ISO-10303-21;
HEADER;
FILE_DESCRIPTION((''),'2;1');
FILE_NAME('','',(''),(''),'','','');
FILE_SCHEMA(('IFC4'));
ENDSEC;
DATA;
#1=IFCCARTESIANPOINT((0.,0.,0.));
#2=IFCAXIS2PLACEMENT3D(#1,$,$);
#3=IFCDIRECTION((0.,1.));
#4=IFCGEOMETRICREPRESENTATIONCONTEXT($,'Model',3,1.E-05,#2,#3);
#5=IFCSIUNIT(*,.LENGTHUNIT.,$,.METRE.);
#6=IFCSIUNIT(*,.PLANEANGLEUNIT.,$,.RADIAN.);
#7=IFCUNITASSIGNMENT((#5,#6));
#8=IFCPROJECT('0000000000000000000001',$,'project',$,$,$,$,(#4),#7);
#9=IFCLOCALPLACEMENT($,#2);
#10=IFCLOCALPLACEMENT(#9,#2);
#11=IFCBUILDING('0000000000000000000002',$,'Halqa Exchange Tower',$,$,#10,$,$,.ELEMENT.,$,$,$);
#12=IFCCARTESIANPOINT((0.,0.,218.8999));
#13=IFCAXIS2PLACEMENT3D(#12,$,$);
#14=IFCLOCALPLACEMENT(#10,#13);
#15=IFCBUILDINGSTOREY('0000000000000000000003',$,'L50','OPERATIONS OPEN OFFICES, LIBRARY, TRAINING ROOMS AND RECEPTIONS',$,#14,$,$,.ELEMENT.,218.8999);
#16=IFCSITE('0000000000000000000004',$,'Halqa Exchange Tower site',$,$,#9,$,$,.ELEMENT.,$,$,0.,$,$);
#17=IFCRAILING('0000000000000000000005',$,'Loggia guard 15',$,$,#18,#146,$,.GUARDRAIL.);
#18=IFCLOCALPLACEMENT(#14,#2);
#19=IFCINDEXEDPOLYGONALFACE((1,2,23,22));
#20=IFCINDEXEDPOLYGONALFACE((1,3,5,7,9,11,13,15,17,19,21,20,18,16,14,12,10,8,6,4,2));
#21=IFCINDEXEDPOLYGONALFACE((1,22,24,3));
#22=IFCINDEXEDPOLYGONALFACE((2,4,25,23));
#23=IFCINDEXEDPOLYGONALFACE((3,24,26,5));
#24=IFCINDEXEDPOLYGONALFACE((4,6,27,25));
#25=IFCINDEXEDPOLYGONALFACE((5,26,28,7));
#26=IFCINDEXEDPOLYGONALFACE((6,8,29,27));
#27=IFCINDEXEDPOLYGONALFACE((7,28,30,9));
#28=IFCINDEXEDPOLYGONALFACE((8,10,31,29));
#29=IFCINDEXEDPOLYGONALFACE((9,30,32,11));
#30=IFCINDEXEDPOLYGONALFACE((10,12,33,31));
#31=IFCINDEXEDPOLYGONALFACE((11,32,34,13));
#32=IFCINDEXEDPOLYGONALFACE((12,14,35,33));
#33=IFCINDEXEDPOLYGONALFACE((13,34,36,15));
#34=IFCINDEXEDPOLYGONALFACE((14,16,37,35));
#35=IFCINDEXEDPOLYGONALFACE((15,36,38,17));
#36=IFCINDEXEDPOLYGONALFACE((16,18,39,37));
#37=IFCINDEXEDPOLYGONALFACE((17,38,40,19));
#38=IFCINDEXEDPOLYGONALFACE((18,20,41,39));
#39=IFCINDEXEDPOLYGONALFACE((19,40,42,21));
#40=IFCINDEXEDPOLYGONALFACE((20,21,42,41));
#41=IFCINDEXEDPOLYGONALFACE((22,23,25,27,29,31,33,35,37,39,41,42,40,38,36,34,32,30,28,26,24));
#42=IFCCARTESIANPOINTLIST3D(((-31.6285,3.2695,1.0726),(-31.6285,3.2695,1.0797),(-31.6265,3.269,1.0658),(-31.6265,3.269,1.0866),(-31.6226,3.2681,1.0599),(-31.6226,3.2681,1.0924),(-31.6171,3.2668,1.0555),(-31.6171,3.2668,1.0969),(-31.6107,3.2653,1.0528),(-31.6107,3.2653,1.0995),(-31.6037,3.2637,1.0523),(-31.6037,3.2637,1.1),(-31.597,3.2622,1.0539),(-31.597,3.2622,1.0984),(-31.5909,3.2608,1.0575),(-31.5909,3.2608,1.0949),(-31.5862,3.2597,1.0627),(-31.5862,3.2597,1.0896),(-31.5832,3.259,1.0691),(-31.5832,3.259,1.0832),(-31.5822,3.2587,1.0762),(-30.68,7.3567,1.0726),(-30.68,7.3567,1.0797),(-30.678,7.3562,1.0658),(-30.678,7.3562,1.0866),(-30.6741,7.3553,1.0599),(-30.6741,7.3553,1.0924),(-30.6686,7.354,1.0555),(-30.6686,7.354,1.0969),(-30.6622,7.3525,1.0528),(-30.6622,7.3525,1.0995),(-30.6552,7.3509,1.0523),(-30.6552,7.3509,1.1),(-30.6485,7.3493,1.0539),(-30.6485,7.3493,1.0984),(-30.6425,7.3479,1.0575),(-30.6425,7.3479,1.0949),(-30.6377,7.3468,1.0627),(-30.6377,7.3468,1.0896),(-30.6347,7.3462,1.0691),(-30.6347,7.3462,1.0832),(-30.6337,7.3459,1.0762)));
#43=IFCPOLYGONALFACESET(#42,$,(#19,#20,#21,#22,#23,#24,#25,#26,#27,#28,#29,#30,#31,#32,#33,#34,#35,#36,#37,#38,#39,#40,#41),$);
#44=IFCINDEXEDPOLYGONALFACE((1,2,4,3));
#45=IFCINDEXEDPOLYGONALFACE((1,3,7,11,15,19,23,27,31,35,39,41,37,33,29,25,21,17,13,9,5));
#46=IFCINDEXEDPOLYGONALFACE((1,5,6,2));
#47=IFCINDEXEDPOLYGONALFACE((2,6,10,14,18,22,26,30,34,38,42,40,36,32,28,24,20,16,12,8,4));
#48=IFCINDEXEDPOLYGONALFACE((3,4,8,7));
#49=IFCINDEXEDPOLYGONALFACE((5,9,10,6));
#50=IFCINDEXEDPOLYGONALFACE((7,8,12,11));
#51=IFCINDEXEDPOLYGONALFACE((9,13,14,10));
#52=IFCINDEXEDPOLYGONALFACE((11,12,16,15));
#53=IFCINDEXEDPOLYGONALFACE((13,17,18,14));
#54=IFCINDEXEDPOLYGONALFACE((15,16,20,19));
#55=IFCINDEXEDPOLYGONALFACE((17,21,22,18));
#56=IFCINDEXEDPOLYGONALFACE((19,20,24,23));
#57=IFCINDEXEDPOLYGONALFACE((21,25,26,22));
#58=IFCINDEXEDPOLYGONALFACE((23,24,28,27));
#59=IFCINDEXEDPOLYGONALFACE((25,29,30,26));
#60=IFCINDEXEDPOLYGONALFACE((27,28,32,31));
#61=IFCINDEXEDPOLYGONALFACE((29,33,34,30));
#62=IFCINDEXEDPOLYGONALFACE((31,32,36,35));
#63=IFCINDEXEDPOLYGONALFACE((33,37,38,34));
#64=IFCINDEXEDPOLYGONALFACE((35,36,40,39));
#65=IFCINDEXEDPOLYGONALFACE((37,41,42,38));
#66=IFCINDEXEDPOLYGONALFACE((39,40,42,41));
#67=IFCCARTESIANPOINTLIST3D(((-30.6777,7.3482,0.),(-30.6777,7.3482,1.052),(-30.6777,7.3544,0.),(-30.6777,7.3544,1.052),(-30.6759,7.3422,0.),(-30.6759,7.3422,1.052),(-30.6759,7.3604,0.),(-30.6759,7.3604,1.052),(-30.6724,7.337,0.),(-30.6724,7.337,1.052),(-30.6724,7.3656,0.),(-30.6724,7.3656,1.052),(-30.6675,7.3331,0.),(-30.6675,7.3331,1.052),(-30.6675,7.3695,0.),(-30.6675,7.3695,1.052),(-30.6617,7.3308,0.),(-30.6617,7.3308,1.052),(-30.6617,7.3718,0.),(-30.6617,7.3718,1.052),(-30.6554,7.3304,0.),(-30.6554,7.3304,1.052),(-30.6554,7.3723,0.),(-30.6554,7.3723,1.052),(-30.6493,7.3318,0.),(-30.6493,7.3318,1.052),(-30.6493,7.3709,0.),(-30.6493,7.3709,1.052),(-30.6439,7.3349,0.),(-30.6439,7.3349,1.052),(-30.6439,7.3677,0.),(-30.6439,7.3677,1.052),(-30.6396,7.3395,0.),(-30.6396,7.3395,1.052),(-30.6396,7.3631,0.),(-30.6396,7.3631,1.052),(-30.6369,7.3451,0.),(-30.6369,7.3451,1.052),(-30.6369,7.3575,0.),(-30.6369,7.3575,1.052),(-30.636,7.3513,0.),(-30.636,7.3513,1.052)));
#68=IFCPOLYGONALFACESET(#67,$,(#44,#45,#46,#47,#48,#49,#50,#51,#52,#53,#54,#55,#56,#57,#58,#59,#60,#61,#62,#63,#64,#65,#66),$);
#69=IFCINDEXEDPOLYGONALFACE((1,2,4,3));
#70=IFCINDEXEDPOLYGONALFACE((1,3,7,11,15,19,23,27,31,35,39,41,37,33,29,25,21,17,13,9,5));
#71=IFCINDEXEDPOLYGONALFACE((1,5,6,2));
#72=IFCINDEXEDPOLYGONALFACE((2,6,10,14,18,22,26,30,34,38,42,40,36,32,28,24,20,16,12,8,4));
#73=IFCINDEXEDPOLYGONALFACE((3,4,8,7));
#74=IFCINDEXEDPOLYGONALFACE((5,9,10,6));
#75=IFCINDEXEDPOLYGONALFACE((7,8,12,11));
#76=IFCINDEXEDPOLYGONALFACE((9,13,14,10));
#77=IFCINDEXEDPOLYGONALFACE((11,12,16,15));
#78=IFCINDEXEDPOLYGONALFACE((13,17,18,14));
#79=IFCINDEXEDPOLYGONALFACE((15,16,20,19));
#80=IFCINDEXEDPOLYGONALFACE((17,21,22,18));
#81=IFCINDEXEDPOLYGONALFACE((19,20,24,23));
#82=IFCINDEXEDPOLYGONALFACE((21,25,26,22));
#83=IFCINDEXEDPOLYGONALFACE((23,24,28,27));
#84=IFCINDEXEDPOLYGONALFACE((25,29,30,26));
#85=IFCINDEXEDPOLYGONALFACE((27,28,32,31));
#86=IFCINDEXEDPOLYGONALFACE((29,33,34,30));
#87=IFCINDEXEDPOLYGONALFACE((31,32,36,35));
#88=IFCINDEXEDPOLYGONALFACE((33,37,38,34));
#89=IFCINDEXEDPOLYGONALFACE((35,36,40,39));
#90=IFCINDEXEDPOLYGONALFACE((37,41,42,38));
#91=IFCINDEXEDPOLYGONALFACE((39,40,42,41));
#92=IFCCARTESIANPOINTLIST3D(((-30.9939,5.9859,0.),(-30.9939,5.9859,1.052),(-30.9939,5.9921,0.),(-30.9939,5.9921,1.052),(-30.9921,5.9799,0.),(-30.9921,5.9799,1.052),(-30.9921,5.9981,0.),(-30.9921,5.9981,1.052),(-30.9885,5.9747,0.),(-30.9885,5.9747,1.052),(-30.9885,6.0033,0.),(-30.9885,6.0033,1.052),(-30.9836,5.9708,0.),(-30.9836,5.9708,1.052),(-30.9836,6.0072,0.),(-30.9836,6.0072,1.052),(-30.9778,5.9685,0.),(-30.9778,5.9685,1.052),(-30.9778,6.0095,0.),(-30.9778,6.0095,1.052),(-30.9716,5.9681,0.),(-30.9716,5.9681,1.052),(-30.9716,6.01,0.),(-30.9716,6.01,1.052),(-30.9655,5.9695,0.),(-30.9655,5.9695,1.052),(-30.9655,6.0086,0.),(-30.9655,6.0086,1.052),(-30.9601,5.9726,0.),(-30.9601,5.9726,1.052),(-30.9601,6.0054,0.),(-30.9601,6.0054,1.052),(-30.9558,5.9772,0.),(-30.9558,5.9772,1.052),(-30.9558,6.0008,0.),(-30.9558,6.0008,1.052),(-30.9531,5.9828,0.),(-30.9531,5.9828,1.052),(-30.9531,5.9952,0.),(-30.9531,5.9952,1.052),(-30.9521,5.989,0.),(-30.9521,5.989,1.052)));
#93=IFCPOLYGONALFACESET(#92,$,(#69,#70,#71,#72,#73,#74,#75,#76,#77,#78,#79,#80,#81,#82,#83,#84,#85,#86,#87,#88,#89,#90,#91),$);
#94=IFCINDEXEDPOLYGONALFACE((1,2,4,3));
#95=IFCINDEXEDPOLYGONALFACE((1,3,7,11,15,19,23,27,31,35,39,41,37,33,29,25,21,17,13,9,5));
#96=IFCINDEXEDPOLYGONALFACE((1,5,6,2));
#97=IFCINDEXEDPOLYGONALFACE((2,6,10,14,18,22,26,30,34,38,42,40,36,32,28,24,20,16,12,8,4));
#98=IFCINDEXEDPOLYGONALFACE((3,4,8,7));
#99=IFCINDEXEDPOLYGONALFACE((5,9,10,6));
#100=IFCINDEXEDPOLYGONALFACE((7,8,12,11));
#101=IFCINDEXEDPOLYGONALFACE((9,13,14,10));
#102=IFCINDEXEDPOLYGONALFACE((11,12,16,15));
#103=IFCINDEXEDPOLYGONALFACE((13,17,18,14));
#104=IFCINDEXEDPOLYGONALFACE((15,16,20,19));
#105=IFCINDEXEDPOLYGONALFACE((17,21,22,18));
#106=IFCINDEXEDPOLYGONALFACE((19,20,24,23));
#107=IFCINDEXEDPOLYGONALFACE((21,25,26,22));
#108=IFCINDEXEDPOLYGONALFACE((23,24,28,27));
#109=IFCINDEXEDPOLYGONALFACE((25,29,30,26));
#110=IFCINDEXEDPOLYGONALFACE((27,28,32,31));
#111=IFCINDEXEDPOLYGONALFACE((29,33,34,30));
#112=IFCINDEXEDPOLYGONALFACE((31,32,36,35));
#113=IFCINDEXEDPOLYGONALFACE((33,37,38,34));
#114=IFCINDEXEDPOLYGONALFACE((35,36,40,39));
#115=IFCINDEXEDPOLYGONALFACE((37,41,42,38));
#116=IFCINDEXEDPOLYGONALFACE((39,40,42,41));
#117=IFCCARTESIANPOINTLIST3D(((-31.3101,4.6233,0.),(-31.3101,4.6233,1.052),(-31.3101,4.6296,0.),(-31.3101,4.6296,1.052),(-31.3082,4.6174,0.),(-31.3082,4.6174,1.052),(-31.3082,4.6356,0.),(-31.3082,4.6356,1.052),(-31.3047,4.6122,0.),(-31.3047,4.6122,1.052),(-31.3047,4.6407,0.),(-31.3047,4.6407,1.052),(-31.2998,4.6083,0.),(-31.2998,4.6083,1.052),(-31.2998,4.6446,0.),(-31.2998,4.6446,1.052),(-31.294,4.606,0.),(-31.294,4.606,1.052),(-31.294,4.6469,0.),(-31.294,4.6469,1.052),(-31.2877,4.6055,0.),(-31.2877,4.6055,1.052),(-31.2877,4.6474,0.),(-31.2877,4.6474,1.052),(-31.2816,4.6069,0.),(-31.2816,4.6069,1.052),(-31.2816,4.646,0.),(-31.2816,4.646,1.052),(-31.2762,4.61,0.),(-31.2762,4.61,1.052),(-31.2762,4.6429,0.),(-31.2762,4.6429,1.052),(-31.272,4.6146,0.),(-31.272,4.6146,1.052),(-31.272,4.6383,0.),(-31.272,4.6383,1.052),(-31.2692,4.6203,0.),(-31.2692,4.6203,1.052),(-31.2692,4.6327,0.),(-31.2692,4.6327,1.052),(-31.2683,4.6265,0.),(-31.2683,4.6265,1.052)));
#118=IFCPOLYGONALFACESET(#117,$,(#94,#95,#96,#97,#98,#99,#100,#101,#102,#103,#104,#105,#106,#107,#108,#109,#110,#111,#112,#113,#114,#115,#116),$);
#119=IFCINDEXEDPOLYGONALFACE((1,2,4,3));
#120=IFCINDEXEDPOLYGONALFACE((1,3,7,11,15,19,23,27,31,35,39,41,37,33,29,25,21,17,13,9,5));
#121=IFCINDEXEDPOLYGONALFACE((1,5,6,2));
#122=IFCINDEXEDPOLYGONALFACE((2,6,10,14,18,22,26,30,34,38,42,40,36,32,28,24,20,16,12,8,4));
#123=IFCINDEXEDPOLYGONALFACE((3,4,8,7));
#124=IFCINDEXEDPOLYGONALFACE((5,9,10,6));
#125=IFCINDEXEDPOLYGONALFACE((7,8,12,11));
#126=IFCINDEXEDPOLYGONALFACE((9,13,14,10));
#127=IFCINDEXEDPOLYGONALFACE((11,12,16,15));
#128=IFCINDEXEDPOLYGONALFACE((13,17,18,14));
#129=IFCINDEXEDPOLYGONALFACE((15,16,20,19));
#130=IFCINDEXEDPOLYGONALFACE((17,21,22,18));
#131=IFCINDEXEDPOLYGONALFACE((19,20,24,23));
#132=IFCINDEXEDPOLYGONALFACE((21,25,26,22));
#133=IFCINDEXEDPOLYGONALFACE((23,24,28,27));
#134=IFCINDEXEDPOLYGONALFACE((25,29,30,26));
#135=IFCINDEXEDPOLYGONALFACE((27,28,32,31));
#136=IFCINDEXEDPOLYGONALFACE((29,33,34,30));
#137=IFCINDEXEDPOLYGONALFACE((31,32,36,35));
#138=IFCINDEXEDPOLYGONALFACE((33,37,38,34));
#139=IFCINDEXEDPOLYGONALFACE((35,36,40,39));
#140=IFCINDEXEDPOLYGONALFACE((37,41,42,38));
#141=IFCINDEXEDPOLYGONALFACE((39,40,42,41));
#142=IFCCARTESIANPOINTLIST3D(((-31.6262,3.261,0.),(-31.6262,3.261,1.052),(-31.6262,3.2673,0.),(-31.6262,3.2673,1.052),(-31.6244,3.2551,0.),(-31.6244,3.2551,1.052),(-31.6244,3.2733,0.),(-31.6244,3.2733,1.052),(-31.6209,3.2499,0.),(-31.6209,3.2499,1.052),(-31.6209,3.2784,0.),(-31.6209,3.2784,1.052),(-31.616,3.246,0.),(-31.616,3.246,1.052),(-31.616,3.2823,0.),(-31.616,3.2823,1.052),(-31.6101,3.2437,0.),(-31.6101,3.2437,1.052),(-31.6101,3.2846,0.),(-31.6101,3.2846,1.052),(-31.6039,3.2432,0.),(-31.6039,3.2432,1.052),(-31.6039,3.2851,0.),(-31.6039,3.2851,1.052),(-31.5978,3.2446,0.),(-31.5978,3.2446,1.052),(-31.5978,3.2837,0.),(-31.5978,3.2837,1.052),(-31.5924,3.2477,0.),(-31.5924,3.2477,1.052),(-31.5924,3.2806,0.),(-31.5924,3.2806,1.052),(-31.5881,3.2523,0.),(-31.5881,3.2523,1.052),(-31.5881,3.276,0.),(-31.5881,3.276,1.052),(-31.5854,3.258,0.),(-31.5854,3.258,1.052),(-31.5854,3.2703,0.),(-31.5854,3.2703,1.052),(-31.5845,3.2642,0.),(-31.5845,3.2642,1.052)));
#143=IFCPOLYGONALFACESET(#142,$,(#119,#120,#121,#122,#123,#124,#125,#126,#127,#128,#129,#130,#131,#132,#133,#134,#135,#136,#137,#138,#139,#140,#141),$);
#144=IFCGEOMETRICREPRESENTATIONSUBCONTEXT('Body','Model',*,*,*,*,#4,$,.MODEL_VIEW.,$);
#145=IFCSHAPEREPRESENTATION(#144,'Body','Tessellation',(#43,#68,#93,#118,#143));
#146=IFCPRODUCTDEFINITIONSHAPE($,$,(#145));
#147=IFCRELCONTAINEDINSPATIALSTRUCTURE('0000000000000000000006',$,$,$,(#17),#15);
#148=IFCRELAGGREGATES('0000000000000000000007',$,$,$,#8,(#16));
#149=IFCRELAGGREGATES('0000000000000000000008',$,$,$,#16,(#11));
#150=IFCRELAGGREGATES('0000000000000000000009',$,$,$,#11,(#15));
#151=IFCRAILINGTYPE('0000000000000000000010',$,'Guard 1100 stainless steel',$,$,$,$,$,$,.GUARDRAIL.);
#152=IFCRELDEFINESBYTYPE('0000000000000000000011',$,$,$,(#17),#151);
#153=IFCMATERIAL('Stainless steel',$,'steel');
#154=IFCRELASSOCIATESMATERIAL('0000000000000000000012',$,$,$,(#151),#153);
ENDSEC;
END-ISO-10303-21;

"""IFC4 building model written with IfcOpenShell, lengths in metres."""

from ifc_helpers import new_model, si_unit, direction, frame, origin, origin_2d, place, context, subcontext, project, spatial, circle, extrude, material, type_object, element, save


model = new_model("IFC4")

# Units and contexts
model_context = context("Model", 3, precision=1e-05, world=origin(), true_north=direction((0.0, 1.0)))
body_context = subcontext(model_context, "Body", "Model", "MODEL_VIEW")
ifc_project = project(units=[si_unit("LENGTHUNIT", "METRE"), si_unit("PLANEANGLEUNIT", "RADIAN")], contexts=[model_context])

# Site, building, storey
site_placement = place(None, origin())
site = spatial("IfcSite", under=ifc_project, at=site_placement, Name="Halqa Exchange Tower site", CompositionType="ELEMENT", RefElevation=0.0)
building_placement = place(site_placement, origin())
building = spatial("IfcBuilding", under=site, at=building_placement, Name="Halqa Exchange Tower", CompositionType="ELEMENT")
storey_placement = place(building_placement, frame((0.0, 0.0, 218.8999)))
storey = spatial("IfcBuildingStorey", under=building, at=storey_placement, Name="L50", Description="OPERATIONS OPEN OFFICES, LIBRARY, TRAINING ROOMS AND RECEPTIONS", CompositionType="ELEMENT", Elevation=218.8999)

# Railing
ifc_material_1 = material(Name="Stainless steel", Category="steel")
railing_type = type_object("IfcRailingType", Name="Guard 1100 stainless steel", PredefinedType="GUARDRAIL", material=ifc_material_1)
railing_1_placement = place(storey_placement, frame((-30.657, 7.3513, 0.0)))
element("IfcRailing", 1, at=railing_1_placement, inside=storey, type_object=railing_type, Name="Loggia guard 15", PredefinedType="GUARDRAIL", context=body_context, shape_type="SweptSolid", body=[
    extrude(circle(Radius=0.0239, at=origin_2d()), frame((0.0, 0.0, 1.0762), z_axis=(-0.226058, -0.974114, 0.0), x_axis=(0.974114, -0.226058, 0.0)), (0.0, 0.0, 1.0), 4.1958),
    extrude(circle(Radius=0.021, at=origin_2d()), origin(), (0.0, 0.0, 1.0), 1.052),
    extrude(circle(Radius=0.021, at=origin_2d()), frame((-0.3162, -1.3623, 0.0)), (0.0, 0.0, 1.0), 1.052),
    extrude(circle(Radius=0.021, at=origin_2d()), frame((-0.6323, -2.7249, 0.0)), (0.0, 0.0, 1.0), 1.052),
    extrude(circle(Radius=0.021, at=origin_2d()), frame((-0.9485, -4.0872, 0.0)), (0.0, 0.0, 1.0), 1.052),
])

save(model, "model.ifc")
